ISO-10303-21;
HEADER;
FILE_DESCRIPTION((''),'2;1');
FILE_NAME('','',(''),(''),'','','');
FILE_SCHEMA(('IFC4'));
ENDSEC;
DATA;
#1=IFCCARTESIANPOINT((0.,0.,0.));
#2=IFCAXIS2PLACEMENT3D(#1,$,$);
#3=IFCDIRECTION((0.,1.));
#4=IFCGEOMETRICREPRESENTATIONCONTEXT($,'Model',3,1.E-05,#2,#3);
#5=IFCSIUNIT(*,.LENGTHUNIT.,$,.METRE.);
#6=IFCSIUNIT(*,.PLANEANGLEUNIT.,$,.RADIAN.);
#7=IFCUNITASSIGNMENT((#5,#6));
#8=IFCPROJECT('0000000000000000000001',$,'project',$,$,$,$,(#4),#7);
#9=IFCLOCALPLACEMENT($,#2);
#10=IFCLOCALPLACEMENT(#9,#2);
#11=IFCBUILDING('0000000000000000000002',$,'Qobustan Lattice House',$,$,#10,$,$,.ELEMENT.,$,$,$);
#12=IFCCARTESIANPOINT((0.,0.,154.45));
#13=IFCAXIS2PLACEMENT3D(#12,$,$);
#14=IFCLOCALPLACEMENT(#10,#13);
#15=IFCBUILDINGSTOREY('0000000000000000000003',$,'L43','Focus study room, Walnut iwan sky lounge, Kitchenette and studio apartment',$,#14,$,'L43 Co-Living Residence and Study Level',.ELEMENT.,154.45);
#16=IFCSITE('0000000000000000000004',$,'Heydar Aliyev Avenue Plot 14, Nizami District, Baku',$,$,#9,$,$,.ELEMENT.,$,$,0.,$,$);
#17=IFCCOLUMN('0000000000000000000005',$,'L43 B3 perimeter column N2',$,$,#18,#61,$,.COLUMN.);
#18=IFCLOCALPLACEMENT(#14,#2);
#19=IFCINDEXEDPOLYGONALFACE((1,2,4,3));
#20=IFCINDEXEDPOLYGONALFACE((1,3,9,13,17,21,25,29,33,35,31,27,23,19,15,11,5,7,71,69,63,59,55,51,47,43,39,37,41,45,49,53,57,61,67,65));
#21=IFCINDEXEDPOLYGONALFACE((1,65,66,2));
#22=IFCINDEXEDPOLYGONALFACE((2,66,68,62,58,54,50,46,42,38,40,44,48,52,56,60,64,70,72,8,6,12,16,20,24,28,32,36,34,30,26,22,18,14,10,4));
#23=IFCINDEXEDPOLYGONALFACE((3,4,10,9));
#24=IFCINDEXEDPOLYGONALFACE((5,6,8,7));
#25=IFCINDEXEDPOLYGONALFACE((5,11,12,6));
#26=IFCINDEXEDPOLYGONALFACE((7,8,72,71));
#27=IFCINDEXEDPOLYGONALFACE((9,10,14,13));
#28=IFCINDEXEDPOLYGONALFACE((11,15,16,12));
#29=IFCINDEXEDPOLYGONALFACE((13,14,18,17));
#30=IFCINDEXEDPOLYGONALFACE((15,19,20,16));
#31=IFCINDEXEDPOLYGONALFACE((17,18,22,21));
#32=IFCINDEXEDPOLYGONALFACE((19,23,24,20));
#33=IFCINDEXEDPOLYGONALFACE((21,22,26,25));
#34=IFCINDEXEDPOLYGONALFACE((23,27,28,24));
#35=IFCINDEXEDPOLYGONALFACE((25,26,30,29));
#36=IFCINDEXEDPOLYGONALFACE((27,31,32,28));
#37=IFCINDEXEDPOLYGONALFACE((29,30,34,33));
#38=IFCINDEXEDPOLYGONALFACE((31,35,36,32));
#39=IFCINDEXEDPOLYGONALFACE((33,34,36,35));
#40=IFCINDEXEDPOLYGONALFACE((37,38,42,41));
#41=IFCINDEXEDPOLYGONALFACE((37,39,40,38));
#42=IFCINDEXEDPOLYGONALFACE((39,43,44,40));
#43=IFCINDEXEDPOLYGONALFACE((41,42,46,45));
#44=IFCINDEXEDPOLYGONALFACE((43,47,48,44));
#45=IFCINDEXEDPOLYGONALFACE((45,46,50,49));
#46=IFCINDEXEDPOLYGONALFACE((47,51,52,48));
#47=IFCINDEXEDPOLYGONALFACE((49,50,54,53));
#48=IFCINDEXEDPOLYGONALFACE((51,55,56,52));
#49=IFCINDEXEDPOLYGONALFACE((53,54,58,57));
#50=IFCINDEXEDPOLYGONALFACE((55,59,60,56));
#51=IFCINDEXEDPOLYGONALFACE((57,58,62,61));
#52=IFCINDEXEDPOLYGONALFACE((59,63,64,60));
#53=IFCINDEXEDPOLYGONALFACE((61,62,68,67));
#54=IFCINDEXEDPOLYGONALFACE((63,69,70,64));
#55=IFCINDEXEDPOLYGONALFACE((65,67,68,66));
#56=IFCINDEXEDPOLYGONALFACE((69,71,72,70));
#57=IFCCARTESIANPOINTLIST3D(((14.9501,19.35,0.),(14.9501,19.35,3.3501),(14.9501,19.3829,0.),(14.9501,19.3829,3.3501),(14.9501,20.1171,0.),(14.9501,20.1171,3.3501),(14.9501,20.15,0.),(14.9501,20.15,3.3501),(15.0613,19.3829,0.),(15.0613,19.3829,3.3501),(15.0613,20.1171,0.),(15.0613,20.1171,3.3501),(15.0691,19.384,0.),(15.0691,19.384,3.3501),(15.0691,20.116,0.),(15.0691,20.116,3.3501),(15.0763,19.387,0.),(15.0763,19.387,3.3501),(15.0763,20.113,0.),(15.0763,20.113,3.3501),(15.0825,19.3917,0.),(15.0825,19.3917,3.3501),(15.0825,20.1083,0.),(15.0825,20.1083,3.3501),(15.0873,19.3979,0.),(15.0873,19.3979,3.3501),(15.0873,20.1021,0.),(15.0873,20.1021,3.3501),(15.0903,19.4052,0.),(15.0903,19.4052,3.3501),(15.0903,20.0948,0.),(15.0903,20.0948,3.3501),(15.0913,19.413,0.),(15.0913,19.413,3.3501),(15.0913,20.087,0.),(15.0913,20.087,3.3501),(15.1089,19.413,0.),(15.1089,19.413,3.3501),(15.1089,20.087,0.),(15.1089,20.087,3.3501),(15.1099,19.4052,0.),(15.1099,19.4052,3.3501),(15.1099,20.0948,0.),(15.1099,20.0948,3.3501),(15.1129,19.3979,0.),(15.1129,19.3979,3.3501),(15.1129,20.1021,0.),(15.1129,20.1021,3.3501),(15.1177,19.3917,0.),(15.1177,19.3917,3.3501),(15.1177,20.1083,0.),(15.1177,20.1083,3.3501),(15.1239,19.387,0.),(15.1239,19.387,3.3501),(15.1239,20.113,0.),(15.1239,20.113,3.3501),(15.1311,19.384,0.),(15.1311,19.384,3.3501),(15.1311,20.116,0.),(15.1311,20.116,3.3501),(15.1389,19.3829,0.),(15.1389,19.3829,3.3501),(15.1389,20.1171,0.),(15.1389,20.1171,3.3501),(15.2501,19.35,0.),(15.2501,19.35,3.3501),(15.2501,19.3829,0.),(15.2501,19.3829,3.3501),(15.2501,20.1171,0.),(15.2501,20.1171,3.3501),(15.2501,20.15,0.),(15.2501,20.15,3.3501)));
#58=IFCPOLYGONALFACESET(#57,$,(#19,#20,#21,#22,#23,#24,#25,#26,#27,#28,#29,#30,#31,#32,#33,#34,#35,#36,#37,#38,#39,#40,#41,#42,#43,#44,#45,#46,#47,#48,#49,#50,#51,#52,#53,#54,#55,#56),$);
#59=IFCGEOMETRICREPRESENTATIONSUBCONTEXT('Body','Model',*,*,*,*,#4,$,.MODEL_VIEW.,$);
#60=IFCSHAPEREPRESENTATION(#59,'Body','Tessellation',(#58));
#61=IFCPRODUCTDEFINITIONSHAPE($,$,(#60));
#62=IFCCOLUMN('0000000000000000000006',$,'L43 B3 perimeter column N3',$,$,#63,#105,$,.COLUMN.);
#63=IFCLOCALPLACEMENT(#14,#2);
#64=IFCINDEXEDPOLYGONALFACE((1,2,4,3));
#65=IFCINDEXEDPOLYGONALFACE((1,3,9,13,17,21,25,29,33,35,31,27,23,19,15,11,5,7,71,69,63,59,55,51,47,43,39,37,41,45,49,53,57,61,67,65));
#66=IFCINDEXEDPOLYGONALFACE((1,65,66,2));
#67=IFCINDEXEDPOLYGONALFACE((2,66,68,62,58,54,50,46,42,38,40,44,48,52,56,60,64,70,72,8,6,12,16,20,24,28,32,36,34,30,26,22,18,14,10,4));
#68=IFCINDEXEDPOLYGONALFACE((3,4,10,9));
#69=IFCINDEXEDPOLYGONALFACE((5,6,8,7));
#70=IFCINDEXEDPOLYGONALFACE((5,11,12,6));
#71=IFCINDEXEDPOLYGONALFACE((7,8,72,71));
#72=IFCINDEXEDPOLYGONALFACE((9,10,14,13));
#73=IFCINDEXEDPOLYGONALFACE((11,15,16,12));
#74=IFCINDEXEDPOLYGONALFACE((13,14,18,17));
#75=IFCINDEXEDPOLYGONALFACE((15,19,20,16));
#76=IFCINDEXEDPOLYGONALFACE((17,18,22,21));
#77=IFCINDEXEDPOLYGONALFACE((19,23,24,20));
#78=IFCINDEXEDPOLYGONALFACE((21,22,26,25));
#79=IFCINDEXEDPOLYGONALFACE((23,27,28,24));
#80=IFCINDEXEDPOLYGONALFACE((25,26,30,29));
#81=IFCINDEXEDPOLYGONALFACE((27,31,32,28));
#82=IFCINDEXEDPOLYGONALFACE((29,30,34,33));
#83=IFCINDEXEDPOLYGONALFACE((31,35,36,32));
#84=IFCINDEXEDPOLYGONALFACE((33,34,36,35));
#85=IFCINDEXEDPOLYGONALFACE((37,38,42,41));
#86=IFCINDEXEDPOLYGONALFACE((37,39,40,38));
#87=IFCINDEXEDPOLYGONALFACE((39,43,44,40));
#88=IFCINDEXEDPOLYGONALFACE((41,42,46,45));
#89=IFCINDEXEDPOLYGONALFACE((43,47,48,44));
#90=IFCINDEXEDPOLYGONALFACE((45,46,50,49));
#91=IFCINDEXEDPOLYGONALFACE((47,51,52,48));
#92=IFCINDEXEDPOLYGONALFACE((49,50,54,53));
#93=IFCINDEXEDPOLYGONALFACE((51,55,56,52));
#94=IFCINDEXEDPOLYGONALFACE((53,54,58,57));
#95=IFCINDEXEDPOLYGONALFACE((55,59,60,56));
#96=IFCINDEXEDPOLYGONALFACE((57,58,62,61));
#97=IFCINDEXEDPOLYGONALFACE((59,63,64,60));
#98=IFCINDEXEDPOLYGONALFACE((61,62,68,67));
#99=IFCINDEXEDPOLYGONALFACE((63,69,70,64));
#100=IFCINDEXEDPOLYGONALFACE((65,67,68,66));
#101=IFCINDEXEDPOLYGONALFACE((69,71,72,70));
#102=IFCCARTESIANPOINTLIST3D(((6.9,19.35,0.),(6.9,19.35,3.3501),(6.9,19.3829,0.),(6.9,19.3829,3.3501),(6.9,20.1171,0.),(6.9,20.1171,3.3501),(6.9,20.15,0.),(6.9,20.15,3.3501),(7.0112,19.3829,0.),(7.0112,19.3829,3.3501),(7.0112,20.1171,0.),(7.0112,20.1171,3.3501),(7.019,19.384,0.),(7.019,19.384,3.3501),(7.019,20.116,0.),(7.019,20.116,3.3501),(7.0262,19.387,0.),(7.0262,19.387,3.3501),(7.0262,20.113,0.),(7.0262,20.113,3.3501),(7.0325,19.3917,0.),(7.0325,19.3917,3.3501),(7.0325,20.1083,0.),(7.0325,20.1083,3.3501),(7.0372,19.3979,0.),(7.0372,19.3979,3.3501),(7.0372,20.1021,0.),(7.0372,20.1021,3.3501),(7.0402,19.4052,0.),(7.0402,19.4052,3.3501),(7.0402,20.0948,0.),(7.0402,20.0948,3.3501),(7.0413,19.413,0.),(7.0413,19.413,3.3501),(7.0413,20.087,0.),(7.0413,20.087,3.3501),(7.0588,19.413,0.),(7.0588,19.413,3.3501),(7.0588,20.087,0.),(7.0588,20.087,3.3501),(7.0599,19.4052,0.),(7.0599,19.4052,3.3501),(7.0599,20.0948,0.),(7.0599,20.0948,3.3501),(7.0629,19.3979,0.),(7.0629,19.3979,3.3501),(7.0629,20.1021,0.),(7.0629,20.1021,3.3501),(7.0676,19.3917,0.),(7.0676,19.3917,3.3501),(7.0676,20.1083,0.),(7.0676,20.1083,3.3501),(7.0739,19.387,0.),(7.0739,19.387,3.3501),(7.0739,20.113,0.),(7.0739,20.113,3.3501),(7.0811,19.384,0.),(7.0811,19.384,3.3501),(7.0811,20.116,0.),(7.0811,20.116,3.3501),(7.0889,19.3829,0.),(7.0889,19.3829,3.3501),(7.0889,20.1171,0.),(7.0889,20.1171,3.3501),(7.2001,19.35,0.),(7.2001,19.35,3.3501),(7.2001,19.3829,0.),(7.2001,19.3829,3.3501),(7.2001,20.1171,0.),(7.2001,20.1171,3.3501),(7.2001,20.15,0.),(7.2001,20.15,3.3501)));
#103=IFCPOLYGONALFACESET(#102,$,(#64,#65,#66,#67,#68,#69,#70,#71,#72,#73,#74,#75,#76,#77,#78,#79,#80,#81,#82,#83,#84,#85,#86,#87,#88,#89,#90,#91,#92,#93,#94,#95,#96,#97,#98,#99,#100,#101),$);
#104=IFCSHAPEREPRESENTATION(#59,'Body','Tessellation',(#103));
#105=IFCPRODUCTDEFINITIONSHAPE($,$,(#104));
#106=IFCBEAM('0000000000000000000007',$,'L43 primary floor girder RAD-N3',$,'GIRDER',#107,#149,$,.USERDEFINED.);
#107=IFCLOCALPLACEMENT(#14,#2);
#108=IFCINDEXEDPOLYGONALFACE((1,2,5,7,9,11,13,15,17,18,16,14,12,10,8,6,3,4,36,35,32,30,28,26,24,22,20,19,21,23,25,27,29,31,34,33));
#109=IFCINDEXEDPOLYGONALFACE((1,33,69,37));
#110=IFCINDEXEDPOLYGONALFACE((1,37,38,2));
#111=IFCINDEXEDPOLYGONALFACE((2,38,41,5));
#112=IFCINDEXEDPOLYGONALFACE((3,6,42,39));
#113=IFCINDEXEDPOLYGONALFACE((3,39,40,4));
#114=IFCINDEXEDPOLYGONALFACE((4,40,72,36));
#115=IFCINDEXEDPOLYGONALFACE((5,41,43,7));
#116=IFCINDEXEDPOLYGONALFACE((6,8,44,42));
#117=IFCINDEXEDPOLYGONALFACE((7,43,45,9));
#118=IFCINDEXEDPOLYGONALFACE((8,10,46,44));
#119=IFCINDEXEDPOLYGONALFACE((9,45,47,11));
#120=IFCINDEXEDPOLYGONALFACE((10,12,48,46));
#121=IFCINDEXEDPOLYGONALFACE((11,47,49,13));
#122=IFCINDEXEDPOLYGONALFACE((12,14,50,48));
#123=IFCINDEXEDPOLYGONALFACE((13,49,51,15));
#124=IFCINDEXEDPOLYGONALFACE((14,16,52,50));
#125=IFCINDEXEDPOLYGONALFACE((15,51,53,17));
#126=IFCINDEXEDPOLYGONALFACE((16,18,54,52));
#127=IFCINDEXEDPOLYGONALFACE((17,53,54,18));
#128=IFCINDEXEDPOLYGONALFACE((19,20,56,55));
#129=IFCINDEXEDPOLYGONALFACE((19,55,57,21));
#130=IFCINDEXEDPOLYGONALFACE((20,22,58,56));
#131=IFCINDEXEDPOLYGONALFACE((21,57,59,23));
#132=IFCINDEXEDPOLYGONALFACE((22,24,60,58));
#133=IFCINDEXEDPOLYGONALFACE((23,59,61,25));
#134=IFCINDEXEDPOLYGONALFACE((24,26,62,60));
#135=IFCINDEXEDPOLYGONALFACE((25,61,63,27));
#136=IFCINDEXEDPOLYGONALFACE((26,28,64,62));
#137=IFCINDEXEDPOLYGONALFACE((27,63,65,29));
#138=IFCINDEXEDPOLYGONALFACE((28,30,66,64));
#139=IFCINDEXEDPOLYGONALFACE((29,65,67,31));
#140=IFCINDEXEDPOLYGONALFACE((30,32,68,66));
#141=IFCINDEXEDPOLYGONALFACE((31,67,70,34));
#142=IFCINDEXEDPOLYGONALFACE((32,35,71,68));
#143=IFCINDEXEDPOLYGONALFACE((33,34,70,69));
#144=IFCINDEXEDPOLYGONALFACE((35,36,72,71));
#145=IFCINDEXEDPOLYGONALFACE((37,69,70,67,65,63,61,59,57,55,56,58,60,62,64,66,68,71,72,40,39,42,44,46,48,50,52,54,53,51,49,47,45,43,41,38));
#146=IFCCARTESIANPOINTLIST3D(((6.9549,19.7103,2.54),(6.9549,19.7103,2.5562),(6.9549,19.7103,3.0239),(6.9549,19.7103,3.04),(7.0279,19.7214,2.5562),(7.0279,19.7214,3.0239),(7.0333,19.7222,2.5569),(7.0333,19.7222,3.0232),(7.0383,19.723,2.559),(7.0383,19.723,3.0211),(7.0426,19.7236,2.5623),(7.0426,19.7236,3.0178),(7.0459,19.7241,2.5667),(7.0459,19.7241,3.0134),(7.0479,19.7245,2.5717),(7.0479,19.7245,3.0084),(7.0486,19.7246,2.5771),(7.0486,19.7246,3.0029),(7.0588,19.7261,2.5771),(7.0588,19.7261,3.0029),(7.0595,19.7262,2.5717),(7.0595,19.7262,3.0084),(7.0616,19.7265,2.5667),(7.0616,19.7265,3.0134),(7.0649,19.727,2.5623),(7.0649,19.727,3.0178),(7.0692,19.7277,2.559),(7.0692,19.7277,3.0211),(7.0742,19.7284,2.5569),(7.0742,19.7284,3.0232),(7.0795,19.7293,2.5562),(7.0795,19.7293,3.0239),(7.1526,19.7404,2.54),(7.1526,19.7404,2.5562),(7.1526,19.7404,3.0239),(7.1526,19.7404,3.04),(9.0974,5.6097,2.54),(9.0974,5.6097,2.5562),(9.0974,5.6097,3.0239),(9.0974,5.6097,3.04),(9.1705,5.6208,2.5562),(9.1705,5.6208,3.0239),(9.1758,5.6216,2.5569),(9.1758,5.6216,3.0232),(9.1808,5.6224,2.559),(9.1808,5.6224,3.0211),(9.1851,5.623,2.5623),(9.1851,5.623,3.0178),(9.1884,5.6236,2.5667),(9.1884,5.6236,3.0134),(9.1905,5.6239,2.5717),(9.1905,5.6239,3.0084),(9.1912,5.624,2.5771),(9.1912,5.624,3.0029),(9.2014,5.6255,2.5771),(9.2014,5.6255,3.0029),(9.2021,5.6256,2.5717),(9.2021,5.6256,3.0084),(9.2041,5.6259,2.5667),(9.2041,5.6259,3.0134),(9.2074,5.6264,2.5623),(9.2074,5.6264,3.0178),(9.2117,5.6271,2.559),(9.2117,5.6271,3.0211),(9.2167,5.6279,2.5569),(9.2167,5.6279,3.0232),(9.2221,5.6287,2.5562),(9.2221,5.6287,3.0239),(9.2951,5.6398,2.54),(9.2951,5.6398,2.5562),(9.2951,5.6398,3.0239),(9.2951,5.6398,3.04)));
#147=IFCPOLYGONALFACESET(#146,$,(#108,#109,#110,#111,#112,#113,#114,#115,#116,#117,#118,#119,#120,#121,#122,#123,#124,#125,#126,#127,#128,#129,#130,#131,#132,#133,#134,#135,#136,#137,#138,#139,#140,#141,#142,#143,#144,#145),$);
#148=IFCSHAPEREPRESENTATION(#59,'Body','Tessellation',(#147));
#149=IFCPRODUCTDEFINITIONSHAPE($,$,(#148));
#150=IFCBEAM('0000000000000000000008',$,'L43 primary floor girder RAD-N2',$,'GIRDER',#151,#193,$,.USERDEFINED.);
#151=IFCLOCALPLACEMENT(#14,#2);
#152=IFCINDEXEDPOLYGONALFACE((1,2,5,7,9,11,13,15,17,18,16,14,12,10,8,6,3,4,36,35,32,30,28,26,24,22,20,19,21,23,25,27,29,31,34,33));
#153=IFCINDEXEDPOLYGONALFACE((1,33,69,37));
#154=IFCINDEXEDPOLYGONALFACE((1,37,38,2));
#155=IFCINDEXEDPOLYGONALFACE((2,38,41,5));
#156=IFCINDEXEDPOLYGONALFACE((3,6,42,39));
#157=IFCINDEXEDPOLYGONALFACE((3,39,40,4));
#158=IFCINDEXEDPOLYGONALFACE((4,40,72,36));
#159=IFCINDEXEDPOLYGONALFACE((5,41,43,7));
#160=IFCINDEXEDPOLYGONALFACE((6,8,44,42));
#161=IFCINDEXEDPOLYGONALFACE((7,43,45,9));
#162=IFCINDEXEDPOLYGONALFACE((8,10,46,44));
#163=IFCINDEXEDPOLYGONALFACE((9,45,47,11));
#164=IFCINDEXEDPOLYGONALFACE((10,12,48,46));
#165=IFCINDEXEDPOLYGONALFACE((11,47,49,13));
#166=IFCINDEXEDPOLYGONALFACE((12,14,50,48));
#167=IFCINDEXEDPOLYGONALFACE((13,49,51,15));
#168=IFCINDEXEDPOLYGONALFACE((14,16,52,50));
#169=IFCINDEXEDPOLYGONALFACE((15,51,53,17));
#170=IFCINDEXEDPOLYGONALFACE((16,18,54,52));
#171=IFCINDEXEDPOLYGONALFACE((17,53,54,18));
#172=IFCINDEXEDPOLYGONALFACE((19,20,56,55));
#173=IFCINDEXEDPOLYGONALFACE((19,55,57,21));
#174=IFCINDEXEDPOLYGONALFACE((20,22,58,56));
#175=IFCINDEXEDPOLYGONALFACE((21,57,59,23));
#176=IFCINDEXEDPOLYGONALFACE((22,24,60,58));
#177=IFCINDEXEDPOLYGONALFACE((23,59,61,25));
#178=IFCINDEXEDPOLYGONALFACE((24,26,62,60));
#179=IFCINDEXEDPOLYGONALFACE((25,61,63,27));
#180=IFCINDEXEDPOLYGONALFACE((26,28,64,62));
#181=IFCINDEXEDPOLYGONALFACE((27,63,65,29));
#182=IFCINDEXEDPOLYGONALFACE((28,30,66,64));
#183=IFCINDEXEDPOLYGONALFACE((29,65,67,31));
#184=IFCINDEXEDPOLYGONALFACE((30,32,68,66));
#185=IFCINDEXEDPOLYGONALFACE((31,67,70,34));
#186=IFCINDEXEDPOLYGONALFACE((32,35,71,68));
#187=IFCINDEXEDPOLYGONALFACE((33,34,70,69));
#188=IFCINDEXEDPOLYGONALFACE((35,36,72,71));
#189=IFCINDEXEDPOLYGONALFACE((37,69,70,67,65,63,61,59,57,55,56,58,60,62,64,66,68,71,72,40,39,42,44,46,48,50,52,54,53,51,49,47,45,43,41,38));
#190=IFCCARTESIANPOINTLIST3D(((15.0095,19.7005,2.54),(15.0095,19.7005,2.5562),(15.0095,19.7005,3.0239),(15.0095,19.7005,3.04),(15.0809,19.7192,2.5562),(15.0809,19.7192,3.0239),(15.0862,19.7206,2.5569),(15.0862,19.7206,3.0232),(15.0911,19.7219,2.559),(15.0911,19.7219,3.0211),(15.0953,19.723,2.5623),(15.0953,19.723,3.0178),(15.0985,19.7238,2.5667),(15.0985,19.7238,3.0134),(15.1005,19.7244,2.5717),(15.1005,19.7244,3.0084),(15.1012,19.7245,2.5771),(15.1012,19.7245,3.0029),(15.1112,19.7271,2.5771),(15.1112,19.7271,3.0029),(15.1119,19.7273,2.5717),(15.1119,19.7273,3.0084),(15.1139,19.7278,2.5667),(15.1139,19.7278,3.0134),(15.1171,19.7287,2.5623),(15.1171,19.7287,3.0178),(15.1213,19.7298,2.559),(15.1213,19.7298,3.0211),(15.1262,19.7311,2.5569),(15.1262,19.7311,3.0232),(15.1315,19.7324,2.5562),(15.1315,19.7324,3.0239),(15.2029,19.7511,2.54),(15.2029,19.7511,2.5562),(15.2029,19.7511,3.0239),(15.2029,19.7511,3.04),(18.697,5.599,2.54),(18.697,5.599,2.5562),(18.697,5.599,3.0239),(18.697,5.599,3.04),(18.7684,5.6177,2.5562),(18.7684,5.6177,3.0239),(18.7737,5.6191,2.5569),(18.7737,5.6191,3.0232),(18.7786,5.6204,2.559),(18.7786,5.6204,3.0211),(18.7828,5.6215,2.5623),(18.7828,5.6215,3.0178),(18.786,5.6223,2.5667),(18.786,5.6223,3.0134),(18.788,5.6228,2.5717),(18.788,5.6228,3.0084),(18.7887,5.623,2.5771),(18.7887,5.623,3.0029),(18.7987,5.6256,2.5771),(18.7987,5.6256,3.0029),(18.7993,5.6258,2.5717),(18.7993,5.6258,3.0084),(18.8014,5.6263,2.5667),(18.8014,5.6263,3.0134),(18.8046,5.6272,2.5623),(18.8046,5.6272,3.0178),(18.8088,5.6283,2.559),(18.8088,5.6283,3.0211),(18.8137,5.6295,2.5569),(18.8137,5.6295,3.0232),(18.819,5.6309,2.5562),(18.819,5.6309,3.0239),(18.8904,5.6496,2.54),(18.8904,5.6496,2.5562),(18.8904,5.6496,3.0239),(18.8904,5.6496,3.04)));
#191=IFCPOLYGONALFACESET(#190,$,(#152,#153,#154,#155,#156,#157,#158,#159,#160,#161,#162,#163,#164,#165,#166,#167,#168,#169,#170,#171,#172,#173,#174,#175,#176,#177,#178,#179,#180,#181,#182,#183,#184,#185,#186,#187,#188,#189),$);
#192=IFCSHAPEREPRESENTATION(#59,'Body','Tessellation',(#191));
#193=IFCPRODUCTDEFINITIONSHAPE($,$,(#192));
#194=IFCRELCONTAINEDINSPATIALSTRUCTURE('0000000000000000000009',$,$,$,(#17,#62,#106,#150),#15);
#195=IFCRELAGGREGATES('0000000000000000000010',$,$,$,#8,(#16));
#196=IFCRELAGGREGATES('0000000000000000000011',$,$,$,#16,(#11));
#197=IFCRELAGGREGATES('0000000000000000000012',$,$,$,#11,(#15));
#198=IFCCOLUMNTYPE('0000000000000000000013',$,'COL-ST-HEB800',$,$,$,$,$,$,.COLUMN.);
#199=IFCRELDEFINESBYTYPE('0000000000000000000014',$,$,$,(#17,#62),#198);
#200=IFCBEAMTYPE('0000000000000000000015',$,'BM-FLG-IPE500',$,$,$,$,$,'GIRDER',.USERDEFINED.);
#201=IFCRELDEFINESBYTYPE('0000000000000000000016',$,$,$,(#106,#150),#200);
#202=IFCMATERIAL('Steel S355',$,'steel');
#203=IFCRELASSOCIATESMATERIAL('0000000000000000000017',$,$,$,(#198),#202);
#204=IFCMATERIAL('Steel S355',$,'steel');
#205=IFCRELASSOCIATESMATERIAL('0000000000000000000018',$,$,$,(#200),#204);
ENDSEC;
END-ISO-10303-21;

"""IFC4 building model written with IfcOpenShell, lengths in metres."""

from ifc_helpers import new_model, si_unit, direction, frame, origin, origin_2d, place, context, subcontext, project, spatial, i_section, extrude, material, material_profile, profile_set, type_object, element, save


model = new_model("IFC4")

# Units and contexts
model_context = context("Model", 3, precision=1e-05, world=origin(), true_north=direction((0.0, 1.0)))
body_context = subcontext(model_context, "Body", "Model", "MODEL_VIEW")
ifc_project = project(units=[si_unit("LENGTHUNIT", "METRE"), si_unit("PLANEANGLEUNIT", "RADIAN")], contexts=[model_context])

# Site, building, storey
site_placement = place(None, origin())
site = spatial("IfcSite", under=ifc_project, at=site_placement, Name="Heydar Aliyev Avenue Plot 14, Nizami District, Baku", CompositionType="ELEMENT", RefElevation=0.0)
building_placement = place(site_placement, origin())
building = spatial("IfcBuilding", under=site, at=building_placement, Name="Qobustan Lattice House", CompositionType="ELEMENT")
storey_placement = place(building_placement, frame((0.0, 0.0, 154.45)))
storey = spatial("IfcBuildingStorey", under=building, at=storey_placement, Name="L43", Description="Focus study room, Walnut iwan sky lounge, Kitchenette and studio apartment", LongName="L43 Co-Living Residence and Study Level", CompositionType="ELEMENT", Elevation=154.45)

# Columns
ifc_material_1 = material(Name="Steel S355", Category="steel")
ifc_material_profile_1 = material_profile(ifc_material_1, i_section(OverallWidth=0.3, OverallDepth=0.8, WebThickness=0.0176, FlangeThickness=0.033, FilletRadius=0.03, at=origin_2d()), Name="HEB800")
ifc_profile_set_1 = profile_set([ifc_material_profile_1], Name="Steel S355")
column_type = type_object("IfcColumnType", Name="COL-ST-HEB800", PredefinedType="COLUMN", material=ifc_profile_set_1)
for number, where, z_axis, x_axis, name in (
    (1, (15.1001, 19.75, 0.0), (0.0, 0.0, 1.0), (1.0, 0.0, 0.0), "L43 B3 perimeter column N2"),
    (2, (7.05, 19.75, 0.0), (0.0, 0.0, 1.0), (1.0, 0.0, 0.0), "L43 B3 perimeter column N3"),
):
    element("IfcColumn", number, at=place(storey_placement, frame(where, z_axis=z_axis, x_axis=x_axis)), inside=storey, type_object=column_type, Name=name, PredefinedType="COLUMN", context=body_context, shape_type="SweptSolid", body=[
        extrude(i_section(OverallWidth=0.3, OverallDepth=0.8, WebThickness=0.0176, FlangeThickness=0.033, FilletRadius=0.03, at=origin_2d()), origin(), (0.0, 0.0, 1.0), 3.3501),
    ])

# Beams
ifc_material_2 = material(Name="Steel S355", Category="steel")
ifc_material_profile_2 = material_profile(ifc_material_2, i_section(OverallWidth=0.2, OverallDepth=0.5, WebThickness=0.0103, FlangeThickness=0.0161, FilletRadius=0.021, at=origin_2d()), Name="IPE500")
ifc_profile_set_2 = profile_set([ifc_material_profile_2], Name="Steel S355")
beam_type_1 = type_object("IfcBeamType", Name="BM-FLG-IPE500", ElementType="GIRDER", PredefinedType="USERDEFINED", material=ifc_profile_set_2)
beam_1_placement = place(storey_placement, frame((7.0537, 19.7253, 2.79), z_axis=(0.150225, -0.988652, 0.0), x_axis=(0.988652, 0.150225, 0.0)))
element("IfcBeam", 3, at=beam_1_placement, inside=storey, type_object=beam_type_1, Name="L43 primary floor girder RAD-N3", ObjectType="GIRDER", PredefinedType="USERDEFINED", context=body_context, shape_type="SweptSolid", body=[
    extrude(i_section(OverallWidth=0.2, OverallDepth=0.5, WebThickness=0.0103, FlangeThickness=0.0161, FilletRadius=0.021, at=origin_2d()), origin(), (0.0, 0.0, 1.0), 14.2625),
])
beam_2_placement = place(storey_placement, frame((15.1062, 19.7258, 2.79), z_axis=(0.252989, -0.967469, 0.0), x_axis=(0.967469, 0.252989, 0.0)))
element("IfcBeam", 4, at=beam_2_placement, inside=storey, type_object=beam_type_1, Name="L43 primary floor girder RAD-N2", ObjectType="GIRDER", PredefinedType="USERDEFINED", context=body_context, shape_type="SweptSolid", body=[
    extrude(i_section(OverallWidth=0.2, OverallDepth=0.5, WebThickness=0.0103, FlangeThickness=0.0161, FilletRadius=0.021, at=origin_2d()), origin(), (0.0, 0.0, 1.0), 14.5757),
])

save(model, "model.ifc")
